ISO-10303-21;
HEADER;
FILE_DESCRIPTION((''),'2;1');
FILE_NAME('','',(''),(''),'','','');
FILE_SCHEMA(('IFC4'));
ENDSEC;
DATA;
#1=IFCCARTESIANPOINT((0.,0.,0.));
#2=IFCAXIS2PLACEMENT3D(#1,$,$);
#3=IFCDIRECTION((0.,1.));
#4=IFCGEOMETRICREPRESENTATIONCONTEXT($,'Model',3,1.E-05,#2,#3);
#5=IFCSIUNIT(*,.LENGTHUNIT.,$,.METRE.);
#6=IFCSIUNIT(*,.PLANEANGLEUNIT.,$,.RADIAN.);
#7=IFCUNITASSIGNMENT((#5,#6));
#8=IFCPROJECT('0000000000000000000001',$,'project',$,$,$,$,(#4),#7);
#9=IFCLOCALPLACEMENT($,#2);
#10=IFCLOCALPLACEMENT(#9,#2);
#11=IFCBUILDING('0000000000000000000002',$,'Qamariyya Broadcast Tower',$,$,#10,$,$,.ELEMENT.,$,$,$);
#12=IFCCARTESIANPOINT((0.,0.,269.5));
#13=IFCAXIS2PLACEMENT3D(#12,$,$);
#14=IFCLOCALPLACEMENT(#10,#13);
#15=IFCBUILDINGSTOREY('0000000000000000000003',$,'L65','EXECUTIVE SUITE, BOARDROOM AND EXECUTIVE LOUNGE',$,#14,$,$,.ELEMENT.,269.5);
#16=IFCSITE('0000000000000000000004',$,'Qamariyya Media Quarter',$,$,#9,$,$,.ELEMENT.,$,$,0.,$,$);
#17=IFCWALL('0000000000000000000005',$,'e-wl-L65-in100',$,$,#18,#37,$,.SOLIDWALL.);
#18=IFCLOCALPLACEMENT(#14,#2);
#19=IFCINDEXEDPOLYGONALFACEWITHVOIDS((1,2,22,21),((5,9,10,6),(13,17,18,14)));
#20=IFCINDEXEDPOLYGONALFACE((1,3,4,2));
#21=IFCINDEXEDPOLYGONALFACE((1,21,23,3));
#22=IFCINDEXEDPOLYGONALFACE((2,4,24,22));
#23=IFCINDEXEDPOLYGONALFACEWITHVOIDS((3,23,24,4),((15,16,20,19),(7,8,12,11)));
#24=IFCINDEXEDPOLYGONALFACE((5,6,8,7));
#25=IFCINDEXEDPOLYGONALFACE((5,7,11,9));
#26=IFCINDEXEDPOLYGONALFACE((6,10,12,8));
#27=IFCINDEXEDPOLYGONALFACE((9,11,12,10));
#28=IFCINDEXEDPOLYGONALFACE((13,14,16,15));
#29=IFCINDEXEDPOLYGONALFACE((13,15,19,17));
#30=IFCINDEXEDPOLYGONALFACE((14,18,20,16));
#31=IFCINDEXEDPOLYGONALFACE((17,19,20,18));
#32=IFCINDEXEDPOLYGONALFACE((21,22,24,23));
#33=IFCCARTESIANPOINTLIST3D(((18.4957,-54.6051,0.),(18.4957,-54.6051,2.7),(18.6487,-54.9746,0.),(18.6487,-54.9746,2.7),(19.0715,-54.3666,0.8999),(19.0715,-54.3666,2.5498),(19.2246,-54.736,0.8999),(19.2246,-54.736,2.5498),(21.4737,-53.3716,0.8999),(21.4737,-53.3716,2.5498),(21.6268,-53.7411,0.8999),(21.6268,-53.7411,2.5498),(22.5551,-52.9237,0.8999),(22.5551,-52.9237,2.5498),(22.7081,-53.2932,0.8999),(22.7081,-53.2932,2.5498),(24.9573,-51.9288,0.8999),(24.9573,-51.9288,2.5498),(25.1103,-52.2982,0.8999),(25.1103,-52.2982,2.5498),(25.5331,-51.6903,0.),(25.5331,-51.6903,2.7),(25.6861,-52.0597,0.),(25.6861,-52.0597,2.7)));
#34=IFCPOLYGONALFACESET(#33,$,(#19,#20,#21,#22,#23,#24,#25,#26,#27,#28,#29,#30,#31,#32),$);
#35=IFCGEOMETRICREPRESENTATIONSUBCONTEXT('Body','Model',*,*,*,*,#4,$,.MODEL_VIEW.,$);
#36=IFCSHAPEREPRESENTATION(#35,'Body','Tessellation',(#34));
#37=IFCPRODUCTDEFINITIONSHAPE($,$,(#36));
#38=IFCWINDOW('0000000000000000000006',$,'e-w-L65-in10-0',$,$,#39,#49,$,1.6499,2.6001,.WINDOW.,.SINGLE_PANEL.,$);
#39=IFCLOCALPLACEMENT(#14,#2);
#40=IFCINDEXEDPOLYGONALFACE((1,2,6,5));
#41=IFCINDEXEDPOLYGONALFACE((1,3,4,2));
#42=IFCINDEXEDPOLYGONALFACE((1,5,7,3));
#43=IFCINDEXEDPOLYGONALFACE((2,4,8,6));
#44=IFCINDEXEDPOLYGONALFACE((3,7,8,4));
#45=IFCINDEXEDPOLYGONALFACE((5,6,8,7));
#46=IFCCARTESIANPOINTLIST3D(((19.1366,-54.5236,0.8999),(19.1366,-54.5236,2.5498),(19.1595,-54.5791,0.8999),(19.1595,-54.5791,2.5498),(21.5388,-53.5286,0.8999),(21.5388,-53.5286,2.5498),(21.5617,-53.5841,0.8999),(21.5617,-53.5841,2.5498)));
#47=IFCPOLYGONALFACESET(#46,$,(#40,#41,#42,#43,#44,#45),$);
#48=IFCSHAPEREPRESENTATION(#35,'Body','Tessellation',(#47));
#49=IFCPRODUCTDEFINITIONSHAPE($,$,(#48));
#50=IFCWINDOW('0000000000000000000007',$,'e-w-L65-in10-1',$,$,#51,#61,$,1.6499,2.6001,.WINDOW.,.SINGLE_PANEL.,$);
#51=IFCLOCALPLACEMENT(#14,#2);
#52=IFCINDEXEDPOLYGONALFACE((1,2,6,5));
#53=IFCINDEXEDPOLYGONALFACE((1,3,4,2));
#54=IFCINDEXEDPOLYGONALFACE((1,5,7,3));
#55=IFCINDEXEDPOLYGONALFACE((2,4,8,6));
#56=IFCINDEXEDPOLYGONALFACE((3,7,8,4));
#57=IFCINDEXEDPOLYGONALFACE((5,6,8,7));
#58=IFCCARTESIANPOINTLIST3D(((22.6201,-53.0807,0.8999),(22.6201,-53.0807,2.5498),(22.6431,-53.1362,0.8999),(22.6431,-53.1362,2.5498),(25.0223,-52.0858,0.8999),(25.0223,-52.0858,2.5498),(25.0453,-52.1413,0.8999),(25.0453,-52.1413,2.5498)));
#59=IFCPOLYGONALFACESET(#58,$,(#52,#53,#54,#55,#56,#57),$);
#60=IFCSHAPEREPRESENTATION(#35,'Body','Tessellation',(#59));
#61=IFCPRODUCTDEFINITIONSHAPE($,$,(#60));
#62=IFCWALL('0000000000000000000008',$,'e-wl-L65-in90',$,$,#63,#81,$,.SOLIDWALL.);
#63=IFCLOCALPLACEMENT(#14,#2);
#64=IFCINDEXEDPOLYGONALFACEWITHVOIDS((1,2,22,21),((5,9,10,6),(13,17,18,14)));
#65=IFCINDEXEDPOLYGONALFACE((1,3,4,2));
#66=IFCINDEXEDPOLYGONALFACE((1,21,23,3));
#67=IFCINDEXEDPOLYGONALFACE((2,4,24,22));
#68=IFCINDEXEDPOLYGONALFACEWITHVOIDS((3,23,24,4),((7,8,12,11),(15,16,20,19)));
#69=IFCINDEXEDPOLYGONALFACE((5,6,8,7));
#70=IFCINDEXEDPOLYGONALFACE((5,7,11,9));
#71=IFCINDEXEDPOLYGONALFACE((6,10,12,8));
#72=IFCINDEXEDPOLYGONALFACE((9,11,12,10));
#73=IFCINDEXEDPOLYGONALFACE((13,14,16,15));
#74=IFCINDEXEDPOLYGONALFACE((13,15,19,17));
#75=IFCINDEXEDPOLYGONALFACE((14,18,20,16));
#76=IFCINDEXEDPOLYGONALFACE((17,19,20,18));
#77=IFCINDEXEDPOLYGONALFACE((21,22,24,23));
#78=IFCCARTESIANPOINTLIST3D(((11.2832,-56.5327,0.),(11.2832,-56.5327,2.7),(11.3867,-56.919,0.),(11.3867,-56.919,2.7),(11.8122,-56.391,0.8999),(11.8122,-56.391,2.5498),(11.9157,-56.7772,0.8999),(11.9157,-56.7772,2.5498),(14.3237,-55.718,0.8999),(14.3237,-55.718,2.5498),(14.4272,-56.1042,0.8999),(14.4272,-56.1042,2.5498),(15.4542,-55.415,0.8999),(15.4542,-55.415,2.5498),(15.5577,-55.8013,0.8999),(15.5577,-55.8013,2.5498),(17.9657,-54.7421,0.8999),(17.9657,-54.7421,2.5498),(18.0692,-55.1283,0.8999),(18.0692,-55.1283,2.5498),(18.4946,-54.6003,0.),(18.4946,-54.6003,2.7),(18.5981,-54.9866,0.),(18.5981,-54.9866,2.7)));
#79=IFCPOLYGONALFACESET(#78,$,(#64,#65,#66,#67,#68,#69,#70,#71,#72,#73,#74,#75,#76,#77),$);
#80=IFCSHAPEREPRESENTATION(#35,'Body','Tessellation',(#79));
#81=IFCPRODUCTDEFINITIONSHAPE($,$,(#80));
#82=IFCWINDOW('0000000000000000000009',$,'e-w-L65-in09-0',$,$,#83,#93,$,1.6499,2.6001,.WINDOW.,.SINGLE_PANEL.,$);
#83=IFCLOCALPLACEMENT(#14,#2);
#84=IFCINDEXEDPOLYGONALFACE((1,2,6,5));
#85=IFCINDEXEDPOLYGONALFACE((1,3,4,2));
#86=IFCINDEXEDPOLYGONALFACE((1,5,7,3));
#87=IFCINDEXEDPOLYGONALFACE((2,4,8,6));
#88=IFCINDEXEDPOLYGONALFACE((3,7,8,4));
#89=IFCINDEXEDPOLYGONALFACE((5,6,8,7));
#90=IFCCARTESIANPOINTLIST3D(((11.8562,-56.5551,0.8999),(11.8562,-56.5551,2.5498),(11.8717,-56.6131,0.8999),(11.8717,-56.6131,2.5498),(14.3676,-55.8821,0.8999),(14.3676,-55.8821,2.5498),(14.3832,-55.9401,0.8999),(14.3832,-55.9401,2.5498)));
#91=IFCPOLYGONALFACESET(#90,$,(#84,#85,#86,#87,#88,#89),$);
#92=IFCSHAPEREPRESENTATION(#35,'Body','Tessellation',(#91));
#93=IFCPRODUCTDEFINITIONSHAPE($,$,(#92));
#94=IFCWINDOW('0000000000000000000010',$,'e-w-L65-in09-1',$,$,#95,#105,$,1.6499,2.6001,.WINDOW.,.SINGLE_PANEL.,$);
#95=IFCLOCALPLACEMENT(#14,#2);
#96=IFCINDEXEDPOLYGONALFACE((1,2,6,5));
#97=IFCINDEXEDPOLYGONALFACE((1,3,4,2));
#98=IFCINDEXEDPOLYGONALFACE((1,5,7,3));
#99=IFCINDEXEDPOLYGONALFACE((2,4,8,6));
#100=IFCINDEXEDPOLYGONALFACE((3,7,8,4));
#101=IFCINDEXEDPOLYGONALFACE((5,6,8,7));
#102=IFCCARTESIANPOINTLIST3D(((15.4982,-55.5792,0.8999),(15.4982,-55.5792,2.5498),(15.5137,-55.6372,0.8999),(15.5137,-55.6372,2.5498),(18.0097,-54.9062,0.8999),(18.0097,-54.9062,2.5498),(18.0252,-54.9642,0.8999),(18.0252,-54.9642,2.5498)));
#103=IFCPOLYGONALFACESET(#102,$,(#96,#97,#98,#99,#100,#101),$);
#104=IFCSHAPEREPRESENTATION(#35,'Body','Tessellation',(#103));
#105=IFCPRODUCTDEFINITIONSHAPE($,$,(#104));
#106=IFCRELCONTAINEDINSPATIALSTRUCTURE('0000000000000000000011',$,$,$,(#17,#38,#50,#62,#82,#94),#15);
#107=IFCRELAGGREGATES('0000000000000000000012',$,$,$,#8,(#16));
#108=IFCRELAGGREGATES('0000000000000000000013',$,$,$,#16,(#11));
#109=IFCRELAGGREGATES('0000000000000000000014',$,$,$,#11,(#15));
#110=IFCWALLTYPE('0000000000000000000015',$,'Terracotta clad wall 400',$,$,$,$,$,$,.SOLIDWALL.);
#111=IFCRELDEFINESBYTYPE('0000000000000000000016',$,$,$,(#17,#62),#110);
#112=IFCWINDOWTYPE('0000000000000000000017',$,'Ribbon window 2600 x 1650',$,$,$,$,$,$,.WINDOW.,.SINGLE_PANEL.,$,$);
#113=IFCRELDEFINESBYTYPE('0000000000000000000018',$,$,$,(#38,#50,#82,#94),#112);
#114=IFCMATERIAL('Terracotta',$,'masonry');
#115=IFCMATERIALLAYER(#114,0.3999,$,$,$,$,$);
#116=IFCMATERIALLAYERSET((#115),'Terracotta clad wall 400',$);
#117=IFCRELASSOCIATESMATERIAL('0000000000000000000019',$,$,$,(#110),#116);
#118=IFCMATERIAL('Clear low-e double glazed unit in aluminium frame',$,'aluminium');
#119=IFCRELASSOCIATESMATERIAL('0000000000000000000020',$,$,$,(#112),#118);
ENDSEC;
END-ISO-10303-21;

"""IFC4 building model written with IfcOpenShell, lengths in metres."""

from ifc_helpers import new_model, si_unit, direction, frame, frame_2d, origin, place, context, subcontext, project, spatial, rectangle, extrude, material, layer, layer_set, type_object, element, fill, save


model = new_model("IFC4")

# Units and contexts
model_context = context("Model", 3, precision=1e-05, world=origin(), true_north=direction((0.0, 1.0)))
body_context = subcontext(model_context, "Body", "Model", "MODEL_VIEW")
ifc_project = project(units=[si_unit("LENGTHUNIT", "METRE"), si_unit("PLANEANGLEUNIT", "RADIAN")], contexts=[model_context])

# Site, building, storey
site_placement = place(None, origin())
site = spatial("IfcSite", under=ifc_project, at=site_placement, Name="Qamariyya Media Quarter", CompositionType="ELEMENT", RefElevation=0.0)
building_placement = place(site_placement, origin())
building = spatial("IfcBuilding", under=site, at=building_placement, Name="Qamariyya Broadcast Tower", CompositionType="ELEMENT")
storey_placement = place(building_placement, frame((0.0, 0.0, 269.5)))
storey = spatial("IfcBuildingStorey", under=building, at=storey_placement, Name="L65", Description="EXECUTIVE SUITE, BOARDROOM AND EXECUTIVE LOUNGE", CompositionType="ELEMENT", Elevation=269.5)

# Walls, openings, windows
ifc_material_1 = material(Name="Terracotta", Category="masonry")
ifc_layer_1 = layer(ifc_material_1, 0.3999)
ifc_layer_set_1 = layer_set([ifc_layer_1], Name="Terracotta clad wall 400")
wall_type_1 = type_object("IfcWallType", Name="Terracotta clad wall 400", PredefinedType="SOLIDWALL", material=ifc_layer_set_1)
wall_1_placement = place(storey_placement, frame((25.6096, -51.875, 0.0), z_axis=(0.0, 0.0, 1.0), x_axis=(-0.923888, -0.382664, 0.0)))
wall_1 = element("IfcWall", 1, at=wall_1_placement, inside=storey, type_object=wall_type_1, Name="e-wl-L65-in100", PredefinedType="SOLIDWALL", context=body_context, shape_type="SweptSolid", body=[
    extrude(rectangle(XDim=7.6172, YDim=0.3999, at=frame_2d((3.8086, 0.0))), origin(), (0.0, 0.0, 1.0), 2.7),
])
opening_1_placement = place(wall_1_placement, frame((4.3938, 0.0, 0.8999)))
opening_1 = element("IfcOpeningElement", 2, at=opening_1_placement, cuts=wall_1, PredefinedType="OPENING", context=body_context, shape_type="SweptSolid", body=[
    extrude(rectangle(XDim=2.6001, YDim=1.6499, at=frame_2d((1.3, 0.825))), frame((0.0, 0.21, 0.0), z_axis=(0.0, -1.0, 0.0), x_axis=(1.0, 0.0, 0.0)), (0.0, 0.0, 1.0), 0.4199),
])
opening_2_placement = place(wall_1_placement, frame((0.6233, 0.0, 0.8999)))
opening_2 = element("IfcOpeningElement", 3, at=opening_2_placement, cuts=wall_1, PredefinedType="OPENING", context=body_context, shape_type="SweptSolid", body=[
    extrude(rectangle(XDim=2.6001, YDim=1.6499, at=frame_2d((1.3, 0.825))), frame((0.0, 0.21, 0.0), z_axis=(0.0, -1.0, 0.0), x_axis=(1.0, 0.0, 0.0)), (0.0, 0.0, 1.0), 0.4199),
])
ifc_material_2 = material(Name="Clear low-e double glazed unit in aluminium frame", Category="aluminium")
window_type = type_object("IfcWindowType", Name="Ribbon window 2600 x 1650", PartitioningType="SINGLE_PANEL", PredefinedType="WINDOW", material=ifc_material_2)
window_1_placement = place(opening_1_placement, origin())
window_1 = element("IfcWindow", 4, at=window_1_placement, inside=storey, type_object=window_type, Name="e-w-L65-in10-0", OverallHeight=1.6499, OverallWidth=2.6001, PartitioningType="SINGLE_PANEL", PredefinedType="WINDOW", context=body_context, shape_type="SweptSolid", body=[
    extrude(rectangle(XDim=2.6001, YDim=1.6499, at=frame_2d((1.3, 0.825))), frame((0.0, 0.03, 0.0), z_axis=(0.0, -1.0, 0.0), x_axis=(1.0, 0.0, 0.0)), (0.0, 0.0, 1.0), 0.0601),
])
fill(opening_1, window_1)
window_2_placement = place(opening_2_placement, origin())
window_2 = element("IfcWindow", 5, at=window_2_placement, inside=storey, type_object=window_type, Name="e-w-L65-in10-1", OverallHeight=1.6499, OverallWidth=2.6001, PartitioningType="SINGLE_PANEL", PredefinedType="WINDOW", context=body_context, shape_type="SweptSolid", body=[
    extrude(rectangle(XDim=2.6001, YDim=1.6499, at=frame_2d((1.3, 0.825))), frame((0.0, 0.03, 0.0), z_axis=(0.0, -1.0, 0.0), x_axis=(1.0, 0.0, 0.0)), (0.0, 0.0, 1.0), 0.0601),
])
fill(opening_2, window_2)
wall_2_placement = place(storey_placement, frame((18.5464, -54.7935, 0.0), z_axis=(0.0, 0.0, 1.0), x_axis=(-0.965923, -0.258829, 0.0)))
wall_2 = element("IfcWall", 6, at=wall_2_placement, inside=storey, type_object=wall_type_1, Name="e-wl-L65-in90", PredefinedType="SOLIDWALL", context=body_context, shape_type="SweptSolid", body=[
    extrude(rectangle(XDim=7.4658, YDim=0.3999, at=frame_2d((3.7329, 0.0))), origin(), (0.0, 0.0, 1.0), 2.7),
])
opening_3_placement = place(wall_2_placement, frame((4.3181, 0.0, 0.8999)))
opening_3 = element("IfcOpeningElement", 7, at=opening_3_placement, cuts=wall_2, PredefinedType="OPENING", context=body_context, shape_type="SweptSolid", body=[
    extrude(rectangle(XDim=2.6001, YDim=1.6499, at=frame_2d((1.3, 0.825))), frame((0.0, 0.21, 0.0), z_axis=(0.0, -1.0, 0.0), x_axis=(1.0, 0.0, 0.0)), (0.0, 0.0, 1.0), 0.4199),
])
opening_4_placement = place(wall_2_placement, frame((0.5476, 0.0, 0.8999)))
opening_4 = element("IfcOpeningElement", 8, at=opening_4_placement, cuts=wall_2, PredefinedType="OPENING", context=body_context, shape_type="SweptSolid", body=[
    extrude(rectangle(XDim=2.6001, YDim=1.6499, at=frame_2d((1.3, 0.825))), frame((0.0, 0.21, 0.0), z_axis=(0.0, -1.0, 0.0), x_axis=(1.0, 0.0, 0.0)), (0.0, 0.0, 1.0), 0.4199),
])
window_3_placement = place(opening_3_placement, origin())
window_3 = element("IfcWindow", 9, at=window_3_placement, inside=storey, type_object=window_type, Name="e-w-L65-in09-0", OverallHeight=1.6499, OverallWidth=2.6001, PartitioningType="SINGLE_PANEL", PredefinedType="WINDOW", context=body_context, shape_type="SweptSolid", body=[
    extrude(rectangle(XDim=2.6001, YDim=1.6499, at=frame_2d((1.3, 0.825))), frame((0.0, 0.03, 0.0), z_axis=(0.0, -1.0, 0.0), x_axis=(1.0, 0.0, 0.0)), (0.0, 0.0, 1.0), 0.0601),
])
fill(opening_3, window_3)
window_4_placement = place(opening_4_placement, origin())
window_4 = element("IfcWindow", 10, at=window_4_placement, inside=storey, type_object=window_type, Name="e-w-L65-in09-1", OverallHeight=1.6499, OverallWidth=2.6001, PartitioningType="SINGLE_PANEL", PredefinedType="WINDOW", context=body_context, shape_type="SweptSolid", body=[
    extrude(rectangle(XDim=2.6001, YDim=1.6499, at=frame_2d((1.3, 0.825))), frame((0.0, 0.03, 0.0), z_axis=(0.0, -1.0, 0.0), x_axis=(1.0, 0.0, 0.0)), (0.0, 0.0, 1.0), 0.0601),
])
fill(opening_4, window_4)

save(model, "model.ifc")
